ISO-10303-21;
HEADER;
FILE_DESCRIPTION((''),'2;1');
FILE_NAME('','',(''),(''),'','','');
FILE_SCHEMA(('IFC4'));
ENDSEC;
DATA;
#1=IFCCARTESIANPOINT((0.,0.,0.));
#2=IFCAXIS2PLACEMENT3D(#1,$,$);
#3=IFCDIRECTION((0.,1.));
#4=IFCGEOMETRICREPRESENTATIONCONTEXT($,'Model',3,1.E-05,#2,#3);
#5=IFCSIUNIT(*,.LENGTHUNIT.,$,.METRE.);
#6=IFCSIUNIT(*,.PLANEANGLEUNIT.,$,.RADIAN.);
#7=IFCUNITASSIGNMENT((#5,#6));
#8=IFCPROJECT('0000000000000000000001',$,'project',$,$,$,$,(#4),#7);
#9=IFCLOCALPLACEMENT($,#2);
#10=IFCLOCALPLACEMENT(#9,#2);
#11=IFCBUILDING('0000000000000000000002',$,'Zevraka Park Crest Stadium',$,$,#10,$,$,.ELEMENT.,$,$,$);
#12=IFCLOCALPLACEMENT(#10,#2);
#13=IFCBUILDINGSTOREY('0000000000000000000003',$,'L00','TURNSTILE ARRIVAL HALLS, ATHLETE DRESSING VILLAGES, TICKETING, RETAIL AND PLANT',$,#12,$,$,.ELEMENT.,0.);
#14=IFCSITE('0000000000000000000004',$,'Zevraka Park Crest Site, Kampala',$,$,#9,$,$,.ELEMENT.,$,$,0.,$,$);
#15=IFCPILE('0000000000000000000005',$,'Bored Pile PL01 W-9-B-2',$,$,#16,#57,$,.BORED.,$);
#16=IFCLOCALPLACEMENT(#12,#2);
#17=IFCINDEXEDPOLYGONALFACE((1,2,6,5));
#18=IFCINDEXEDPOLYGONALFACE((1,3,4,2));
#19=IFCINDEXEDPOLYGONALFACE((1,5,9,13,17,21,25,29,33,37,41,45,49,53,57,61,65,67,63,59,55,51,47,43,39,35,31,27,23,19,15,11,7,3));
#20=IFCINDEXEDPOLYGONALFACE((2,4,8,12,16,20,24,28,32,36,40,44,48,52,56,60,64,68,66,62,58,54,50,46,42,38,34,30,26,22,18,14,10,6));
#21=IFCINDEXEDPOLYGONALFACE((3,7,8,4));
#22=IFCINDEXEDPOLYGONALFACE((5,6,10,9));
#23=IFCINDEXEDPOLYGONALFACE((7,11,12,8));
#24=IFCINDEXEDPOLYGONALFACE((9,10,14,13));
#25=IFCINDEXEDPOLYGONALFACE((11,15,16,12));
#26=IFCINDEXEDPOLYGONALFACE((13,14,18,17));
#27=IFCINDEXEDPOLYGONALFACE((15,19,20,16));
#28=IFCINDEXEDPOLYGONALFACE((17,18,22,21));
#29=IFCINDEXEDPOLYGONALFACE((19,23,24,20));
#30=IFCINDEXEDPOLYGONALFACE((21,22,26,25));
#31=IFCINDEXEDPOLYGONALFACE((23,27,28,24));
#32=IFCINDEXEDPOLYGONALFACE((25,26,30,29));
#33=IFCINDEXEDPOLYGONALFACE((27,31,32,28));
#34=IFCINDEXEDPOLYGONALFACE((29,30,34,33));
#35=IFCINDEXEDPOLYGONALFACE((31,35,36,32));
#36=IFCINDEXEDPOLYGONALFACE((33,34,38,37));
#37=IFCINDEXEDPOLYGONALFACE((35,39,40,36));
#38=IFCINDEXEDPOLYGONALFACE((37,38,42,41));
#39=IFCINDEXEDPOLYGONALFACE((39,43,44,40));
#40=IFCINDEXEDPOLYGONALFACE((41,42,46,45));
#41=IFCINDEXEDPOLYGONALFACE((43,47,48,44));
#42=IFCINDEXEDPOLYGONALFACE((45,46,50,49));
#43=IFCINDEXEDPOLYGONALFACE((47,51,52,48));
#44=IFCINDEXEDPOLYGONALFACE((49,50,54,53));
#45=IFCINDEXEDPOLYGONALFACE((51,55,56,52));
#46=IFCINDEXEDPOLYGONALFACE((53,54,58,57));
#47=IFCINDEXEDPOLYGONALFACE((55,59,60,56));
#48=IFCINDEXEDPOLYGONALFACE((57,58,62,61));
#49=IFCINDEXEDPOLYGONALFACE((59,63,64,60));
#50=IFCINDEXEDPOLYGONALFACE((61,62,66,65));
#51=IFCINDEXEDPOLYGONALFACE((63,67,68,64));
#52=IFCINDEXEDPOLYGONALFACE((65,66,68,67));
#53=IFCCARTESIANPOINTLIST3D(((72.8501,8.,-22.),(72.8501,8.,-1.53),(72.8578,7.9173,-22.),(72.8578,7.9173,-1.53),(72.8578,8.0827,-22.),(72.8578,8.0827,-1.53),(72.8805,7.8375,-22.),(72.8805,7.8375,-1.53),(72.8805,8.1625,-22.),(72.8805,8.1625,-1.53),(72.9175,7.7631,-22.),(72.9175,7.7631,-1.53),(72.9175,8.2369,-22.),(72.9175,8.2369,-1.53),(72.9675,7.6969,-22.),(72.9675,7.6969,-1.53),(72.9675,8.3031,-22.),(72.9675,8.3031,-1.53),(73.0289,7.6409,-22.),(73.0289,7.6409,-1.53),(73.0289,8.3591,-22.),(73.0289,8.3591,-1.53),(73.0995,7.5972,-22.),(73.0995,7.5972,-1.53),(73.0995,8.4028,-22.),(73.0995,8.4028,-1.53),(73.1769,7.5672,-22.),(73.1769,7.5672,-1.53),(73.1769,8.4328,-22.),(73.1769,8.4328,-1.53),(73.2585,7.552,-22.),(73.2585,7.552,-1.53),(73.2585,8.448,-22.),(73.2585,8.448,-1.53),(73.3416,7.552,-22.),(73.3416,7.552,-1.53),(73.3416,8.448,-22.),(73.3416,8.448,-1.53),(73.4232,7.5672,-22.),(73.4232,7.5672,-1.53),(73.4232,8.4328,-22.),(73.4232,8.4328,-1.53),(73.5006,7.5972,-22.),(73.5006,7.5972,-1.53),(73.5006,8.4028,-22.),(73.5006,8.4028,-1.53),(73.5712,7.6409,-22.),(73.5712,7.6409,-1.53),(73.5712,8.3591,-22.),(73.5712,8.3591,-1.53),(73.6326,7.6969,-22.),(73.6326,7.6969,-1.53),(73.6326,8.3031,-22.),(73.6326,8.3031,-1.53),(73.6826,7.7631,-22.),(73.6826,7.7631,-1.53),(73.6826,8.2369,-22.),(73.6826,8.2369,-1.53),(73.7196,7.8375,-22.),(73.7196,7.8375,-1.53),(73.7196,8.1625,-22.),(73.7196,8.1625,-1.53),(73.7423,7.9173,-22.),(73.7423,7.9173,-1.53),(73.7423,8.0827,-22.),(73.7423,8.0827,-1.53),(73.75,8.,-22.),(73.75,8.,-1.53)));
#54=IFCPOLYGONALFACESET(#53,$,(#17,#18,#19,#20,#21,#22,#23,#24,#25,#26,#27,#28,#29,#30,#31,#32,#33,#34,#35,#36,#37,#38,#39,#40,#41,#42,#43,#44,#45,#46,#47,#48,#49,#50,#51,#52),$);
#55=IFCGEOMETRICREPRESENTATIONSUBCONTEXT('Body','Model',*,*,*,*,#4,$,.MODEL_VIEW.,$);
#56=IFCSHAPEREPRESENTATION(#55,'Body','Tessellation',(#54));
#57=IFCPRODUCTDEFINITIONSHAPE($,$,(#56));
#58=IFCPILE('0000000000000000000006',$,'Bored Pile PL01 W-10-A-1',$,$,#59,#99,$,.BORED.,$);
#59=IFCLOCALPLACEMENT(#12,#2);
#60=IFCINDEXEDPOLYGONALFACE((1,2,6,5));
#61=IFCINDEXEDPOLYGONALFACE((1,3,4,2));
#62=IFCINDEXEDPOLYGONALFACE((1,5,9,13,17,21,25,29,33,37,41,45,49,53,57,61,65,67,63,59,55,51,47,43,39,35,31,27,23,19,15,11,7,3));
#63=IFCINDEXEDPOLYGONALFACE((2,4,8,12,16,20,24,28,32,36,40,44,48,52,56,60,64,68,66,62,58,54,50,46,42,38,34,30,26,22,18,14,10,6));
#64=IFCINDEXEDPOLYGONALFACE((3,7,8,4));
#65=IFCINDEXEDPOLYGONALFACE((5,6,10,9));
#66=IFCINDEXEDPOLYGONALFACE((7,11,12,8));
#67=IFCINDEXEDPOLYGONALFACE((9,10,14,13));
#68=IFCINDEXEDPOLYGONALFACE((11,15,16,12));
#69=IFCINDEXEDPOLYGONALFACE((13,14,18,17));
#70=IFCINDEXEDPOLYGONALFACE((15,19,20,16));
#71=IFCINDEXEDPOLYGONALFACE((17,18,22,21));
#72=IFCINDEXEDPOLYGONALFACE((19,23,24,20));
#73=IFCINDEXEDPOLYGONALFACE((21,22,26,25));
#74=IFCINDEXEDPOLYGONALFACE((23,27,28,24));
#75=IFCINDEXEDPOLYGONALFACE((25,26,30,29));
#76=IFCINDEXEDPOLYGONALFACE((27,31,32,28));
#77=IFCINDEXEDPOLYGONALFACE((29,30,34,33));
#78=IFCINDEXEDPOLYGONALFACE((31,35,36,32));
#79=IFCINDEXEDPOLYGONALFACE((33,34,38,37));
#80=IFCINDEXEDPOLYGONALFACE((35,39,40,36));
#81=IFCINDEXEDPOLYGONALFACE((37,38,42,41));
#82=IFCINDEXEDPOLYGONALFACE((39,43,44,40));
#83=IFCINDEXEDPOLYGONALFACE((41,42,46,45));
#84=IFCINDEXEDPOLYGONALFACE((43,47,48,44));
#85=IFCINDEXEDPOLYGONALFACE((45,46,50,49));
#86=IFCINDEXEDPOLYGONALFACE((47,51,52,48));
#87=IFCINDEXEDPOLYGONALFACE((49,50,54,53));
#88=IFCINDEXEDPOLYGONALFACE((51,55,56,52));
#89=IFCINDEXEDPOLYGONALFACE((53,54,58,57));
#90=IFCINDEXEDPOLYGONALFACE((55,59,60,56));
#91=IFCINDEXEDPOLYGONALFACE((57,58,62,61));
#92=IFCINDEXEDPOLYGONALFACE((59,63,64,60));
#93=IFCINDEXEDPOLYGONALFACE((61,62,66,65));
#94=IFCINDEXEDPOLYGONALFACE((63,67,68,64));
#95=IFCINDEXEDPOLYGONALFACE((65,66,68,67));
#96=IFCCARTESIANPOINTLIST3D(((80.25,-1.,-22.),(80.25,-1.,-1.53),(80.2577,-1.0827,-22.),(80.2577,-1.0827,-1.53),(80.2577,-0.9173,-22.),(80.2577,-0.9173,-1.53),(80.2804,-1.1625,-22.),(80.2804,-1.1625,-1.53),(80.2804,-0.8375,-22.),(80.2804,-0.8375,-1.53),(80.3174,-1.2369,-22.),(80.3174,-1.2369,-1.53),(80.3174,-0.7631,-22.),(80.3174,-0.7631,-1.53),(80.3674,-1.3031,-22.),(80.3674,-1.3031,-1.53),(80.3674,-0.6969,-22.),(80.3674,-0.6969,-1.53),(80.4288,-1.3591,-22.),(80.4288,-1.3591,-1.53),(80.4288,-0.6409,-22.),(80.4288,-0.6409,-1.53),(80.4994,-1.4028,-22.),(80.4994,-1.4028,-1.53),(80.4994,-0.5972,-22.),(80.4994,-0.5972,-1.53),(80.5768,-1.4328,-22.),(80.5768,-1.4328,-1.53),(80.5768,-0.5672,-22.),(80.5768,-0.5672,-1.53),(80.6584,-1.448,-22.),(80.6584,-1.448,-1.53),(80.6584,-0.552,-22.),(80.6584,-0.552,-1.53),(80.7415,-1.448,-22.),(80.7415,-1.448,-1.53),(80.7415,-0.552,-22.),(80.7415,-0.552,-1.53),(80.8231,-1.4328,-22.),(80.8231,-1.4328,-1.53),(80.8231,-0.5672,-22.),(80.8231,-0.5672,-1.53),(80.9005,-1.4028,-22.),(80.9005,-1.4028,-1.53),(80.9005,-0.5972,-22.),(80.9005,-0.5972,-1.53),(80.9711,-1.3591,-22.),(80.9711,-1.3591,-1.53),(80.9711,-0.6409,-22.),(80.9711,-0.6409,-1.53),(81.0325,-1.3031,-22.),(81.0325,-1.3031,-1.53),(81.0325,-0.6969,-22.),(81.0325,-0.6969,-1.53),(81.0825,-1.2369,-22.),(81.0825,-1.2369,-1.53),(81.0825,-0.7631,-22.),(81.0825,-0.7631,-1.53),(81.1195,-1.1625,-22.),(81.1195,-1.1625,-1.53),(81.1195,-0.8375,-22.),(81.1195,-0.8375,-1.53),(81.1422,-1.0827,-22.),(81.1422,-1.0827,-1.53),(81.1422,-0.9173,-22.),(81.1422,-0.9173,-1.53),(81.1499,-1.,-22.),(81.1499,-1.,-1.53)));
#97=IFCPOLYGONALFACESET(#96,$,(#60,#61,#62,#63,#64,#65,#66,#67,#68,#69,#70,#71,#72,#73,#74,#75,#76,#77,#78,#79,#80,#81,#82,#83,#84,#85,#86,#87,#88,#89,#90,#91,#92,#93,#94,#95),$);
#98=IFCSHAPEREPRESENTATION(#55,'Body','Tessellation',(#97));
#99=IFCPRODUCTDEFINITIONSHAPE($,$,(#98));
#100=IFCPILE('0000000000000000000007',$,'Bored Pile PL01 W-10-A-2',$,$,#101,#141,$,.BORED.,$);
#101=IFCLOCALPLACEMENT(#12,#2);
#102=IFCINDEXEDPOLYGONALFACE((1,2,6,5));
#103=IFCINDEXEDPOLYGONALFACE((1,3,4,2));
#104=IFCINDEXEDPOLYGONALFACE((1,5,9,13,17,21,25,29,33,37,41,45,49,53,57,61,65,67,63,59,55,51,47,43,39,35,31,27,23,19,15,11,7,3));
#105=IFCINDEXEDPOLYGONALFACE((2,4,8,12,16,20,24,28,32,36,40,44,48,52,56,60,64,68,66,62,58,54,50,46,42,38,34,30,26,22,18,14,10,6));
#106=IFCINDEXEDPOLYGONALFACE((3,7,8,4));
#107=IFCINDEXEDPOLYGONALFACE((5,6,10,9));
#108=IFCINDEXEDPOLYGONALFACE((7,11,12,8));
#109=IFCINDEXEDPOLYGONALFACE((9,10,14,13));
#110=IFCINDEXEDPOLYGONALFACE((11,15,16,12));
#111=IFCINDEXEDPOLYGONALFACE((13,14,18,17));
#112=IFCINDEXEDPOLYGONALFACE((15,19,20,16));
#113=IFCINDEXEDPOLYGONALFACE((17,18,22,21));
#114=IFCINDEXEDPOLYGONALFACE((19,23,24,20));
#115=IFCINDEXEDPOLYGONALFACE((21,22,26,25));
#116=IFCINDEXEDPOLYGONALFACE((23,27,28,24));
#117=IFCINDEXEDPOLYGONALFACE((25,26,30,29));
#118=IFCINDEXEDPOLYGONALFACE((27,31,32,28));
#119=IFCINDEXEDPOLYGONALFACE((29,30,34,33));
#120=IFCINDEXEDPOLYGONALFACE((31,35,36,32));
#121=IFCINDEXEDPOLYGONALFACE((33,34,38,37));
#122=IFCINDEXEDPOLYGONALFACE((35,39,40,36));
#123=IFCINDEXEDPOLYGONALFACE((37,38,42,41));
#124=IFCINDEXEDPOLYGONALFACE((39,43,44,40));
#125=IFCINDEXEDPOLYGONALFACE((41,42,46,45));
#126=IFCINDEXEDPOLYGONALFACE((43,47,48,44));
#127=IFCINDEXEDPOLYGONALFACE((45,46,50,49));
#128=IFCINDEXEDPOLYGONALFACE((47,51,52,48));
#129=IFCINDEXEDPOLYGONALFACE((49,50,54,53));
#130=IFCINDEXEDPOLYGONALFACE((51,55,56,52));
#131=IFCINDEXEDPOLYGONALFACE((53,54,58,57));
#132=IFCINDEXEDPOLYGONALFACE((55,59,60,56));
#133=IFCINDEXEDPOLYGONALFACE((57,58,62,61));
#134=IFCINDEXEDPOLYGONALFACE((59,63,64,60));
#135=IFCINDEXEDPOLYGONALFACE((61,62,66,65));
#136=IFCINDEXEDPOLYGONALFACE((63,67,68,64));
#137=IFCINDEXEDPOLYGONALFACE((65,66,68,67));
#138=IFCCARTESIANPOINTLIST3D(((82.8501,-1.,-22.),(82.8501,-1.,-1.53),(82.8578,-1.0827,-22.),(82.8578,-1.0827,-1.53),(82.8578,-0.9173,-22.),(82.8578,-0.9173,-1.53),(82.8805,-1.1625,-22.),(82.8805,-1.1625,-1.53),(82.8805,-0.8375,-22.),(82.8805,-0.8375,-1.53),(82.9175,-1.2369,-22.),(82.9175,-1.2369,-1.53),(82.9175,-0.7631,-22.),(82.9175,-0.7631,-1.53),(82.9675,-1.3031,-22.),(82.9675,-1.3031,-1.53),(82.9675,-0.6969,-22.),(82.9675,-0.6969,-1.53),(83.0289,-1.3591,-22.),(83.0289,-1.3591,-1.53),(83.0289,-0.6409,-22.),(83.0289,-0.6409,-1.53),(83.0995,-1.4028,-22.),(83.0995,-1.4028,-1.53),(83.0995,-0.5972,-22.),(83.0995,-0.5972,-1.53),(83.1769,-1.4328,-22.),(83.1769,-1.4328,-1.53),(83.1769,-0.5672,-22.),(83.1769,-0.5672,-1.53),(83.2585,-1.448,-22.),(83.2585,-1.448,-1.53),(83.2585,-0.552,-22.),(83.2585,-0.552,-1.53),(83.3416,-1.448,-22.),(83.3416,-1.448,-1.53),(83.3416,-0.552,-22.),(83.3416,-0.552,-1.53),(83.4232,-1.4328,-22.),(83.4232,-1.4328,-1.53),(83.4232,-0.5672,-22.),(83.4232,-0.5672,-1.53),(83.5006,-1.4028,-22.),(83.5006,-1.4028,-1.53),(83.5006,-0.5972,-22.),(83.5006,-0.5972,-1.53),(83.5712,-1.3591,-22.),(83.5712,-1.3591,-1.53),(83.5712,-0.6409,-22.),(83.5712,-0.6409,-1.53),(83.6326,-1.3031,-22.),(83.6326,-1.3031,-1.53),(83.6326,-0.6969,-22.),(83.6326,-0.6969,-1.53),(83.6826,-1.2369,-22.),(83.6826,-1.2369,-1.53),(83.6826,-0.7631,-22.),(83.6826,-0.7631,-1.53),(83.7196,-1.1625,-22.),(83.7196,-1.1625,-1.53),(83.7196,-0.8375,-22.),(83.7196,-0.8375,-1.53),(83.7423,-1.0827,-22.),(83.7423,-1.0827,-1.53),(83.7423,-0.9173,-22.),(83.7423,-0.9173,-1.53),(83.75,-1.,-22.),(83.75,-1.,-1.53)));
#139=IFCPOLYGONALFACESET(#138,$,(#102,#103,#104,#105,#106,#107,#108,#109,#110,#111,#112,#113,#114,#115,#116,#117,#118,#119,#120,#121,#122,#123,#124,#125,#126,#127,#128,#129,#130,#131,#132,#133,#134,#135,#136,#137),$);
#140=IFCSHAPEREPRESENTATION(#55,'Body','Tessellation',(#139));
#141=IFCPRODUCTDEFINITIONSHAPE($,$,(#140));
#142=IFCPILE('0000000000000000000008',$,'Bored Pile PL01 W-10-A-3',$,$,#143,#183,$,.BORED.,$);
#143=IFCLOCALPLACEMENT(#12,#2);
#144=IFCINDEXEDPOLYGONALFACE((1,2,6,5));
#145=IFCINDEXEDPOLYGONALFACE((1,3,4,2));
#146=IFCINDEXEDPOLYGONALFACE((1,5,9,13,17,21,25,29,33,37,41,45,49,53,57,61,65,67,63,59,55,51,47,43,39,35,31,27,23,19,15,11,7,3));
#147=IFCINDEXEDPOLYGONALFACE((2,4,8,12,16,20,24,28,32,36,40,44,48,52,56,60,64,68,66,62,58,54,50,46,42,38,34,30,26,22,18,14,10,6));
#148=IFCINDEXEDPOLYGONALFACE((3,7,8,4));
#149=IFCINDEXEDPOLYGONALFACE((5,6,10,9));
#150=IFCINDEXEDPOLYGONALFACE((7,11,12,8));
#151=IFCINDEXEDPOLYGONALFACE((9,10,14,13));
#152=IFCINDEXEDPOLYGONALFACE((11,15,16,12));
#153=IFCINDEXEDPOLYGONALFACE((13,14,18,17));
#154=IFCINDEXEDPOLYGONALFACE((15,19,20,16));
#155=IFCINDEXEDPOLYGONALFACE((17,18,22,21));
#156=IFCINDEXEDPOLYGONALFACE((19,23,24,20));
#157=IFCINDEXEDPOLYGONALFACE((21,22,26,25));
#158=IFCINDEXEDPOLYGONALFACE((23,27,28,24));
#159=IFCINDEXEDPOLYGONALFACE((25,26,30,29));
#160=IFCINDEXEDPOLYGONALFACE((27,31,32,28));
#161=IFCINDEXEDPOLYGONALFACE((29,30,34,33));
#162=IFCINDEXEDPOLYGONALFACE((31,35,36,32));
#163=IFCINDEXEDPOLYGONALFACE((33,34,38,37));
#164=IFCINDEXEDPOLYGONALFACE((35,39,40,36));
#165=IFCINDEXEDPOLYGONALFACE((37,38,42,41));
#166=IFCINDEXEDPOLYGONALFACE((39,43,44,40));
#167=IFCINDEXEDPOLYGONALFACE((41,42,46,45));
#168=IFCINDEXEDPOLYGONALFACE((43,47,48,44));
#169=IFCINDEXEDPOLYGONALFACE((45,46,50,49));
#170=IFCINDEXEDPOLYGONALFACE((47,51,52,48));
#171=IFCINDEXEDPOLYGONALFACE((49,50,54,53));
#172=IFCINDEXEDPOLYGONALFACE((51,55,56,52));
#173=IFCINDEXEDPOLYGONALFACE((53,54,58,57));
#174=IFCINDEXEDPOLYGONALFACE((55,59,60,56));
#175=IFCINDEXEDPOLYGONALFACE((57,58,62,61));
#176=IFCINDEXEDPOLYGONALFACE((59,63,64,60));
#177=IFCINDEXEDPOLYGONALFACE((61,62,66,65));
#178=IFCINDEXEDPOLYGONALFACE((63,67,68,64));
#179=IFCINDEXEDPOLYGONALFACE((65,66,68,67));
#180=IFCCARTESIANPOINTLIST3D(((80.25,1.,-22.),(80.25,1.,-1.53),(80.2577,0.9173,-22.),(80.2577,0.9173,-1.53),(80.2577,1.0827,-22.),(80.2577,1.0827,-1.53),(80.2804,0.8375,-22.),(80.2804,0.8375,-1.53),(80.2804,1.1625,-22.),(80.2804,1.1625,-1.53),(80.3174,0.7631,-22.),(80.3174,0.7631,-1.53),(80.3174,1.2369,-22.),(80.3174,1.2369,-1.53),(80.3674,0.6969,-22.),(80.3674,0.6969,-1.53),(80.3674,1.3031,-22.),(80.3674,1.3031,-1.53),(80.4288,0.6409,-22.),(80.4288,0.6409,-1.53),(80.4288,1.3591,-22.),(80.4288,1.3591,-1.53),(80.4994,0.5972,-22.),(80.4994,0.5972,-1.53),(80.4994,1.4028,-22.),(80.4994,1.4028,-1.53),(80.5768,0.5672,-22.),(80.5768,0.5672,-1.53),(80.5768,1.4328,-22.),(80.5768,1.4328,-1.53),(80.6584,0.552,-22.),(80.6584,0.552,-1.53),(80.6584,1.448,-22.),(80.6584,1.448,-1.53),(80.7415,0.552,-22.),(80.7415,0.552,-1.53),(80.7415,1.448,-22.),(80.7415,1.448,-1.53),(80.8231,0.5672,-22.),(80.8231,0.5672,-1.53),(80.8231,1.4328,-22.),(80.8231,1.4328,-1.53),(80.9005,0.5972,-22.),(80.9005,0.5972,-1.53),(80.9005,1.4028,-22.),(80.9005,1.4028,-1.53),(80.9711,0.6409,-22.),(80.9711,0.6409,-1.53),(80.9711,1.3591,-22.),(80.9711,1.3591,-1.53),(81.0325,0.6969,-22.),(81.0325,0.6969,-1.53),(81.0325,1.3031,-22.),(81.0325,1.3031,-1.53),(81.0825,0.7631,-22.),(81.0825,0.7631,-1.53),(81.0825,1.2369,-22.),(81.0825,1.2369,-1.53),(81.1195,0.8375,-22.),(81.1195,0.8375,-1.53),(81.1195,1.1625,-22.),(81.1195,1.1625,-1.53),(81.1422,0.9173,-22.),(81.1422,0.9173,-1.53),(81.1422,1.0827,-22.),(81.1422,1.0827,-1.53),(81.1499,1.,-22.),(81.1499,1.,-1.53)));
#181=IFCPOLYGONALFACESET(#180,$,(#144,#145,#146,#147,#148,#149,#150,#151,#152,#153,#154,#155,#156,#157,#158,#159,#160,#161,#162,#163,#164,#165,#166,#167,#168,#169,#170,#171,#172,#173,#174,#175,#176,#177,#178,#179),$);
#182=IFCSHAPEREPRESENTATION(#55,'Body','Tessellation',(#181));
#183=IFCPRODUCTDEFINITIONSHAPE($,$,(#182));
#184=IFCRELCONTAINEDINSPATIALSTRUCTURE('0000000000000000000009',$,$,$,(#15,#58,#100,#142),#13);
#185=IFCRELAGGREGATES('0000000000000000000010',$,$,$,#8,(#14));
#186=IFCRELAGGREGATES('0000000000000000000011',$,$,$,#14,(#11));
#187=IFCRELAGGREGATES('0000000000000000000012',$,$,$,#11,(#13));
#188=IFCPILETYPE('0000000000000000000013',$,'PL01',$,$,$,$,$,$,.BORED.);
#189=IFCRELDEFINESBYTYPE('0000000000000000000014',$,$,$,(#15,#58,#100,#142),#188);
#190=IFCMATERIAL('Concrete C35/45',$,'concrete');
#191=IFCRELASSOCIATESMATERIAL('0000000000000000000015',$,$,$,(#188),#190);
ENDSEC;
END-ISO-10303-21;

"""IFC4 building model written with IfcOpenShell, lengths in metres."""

from ifc_helpers import new_model, si_unit, direction, frame, origin, origin_2d, place, context, subcontext, project, spatial, circle, extrude, material, material_profile, profile_set, type_object, element, save


model = new_model("IFC4")

# Units and contexts
model_context = context("Model", 3, precision=1e-05, world=origin(), true_north=direction((0.0, 1.0)))
body_context = subcontext(model_context, "Body", "Model", "MODEL_VIEW")
ifc_project = project(units=[si_unit("LENGTHUNIT", "METRE"), si_unit("PLANEANGLEUNIT", "RADIAN")], contexts=[model_context])

# Site, building, storey
site_placement = place(None, origin())
site = spatial("IfcSite", under=ifc_project, at=site_placement, Name="Zevraka Park Crest Site, Kampala", CompositionType="ELEMENT", RefElevation=0.0)
building_placement = place(site_placement, origin())
building = spatial("IfcBuilding", under=site, at=building_placement, Name="Zevraka Park Crest Stadium", CompositionType="ELEMENT")
storey_placement = place(building_placement, origin())
storey = spatial("IfcBuildingStorey", under=building, at=storey_placement, Name="L00", Description="TURNSTILE ARRIVAL HALLS, ATHLETE DRESSING VILLAGES, TICKETING, RETAIL AND PLANT", CompositionType="ELEMENT", Elevation=0.0)

# Piles
ifc_material_1 = material(Name="Concrete C35/45", Category="concrete")
ifc_material_profile_1 = material_profile(ifc_material_1, circle(Radius=0.45, at=origin_2d()), Name="PILE D900")
ifc_profile_set_1 = profile_set([ifc_material_profile_1], Name="Concrete C35/45")
pile_type = type_object("IfcPileType", Name="PL01", PredefinedType="BORED", material=ifc_profile_set_1)
for number, where, z_axis, x_axis, name in (
    (1, (73.3, 8.0, -1.53), (0.0, 0.0, -1.0), (1.0, 0.0, 0.0), "Bored Pile PL01 W-9-B-2"),
    (2, (80.7, -1.0, -1.53), (0.0, 0.0, -1.0), (1.0, 0.0, 0.0), "Bored Pile PL01 W-10-A-1"),
    (3, (83.3, -1.0, -1.53), (0.0, 0.0, -1.0), (1.0, 0.0, 0.0), "Bored Pile PL01 W-10-A-2"),
    (4, (80.7, 1.0, -1.53), (0.0, 0.0, -1.0), (1.0, 0.0, 0.0), "Bored Pile PL01 W-10-A-3"),
):
    element("IfcPile", number, at=place(storey_placement, frame(where, z_axis=z_axis, x_axis=x_axis)), inside=storey, type_object=pile_type, Name=name, PredefinedType="BORED", context=body_context, shape_type="SweptSolid", body=[
        extrude(circle(Radius=0.45, at=origin_2d()), origin(), (0.0, 0.0, 1.0), 20.47),
    ])

save(model, "model.ifc")
